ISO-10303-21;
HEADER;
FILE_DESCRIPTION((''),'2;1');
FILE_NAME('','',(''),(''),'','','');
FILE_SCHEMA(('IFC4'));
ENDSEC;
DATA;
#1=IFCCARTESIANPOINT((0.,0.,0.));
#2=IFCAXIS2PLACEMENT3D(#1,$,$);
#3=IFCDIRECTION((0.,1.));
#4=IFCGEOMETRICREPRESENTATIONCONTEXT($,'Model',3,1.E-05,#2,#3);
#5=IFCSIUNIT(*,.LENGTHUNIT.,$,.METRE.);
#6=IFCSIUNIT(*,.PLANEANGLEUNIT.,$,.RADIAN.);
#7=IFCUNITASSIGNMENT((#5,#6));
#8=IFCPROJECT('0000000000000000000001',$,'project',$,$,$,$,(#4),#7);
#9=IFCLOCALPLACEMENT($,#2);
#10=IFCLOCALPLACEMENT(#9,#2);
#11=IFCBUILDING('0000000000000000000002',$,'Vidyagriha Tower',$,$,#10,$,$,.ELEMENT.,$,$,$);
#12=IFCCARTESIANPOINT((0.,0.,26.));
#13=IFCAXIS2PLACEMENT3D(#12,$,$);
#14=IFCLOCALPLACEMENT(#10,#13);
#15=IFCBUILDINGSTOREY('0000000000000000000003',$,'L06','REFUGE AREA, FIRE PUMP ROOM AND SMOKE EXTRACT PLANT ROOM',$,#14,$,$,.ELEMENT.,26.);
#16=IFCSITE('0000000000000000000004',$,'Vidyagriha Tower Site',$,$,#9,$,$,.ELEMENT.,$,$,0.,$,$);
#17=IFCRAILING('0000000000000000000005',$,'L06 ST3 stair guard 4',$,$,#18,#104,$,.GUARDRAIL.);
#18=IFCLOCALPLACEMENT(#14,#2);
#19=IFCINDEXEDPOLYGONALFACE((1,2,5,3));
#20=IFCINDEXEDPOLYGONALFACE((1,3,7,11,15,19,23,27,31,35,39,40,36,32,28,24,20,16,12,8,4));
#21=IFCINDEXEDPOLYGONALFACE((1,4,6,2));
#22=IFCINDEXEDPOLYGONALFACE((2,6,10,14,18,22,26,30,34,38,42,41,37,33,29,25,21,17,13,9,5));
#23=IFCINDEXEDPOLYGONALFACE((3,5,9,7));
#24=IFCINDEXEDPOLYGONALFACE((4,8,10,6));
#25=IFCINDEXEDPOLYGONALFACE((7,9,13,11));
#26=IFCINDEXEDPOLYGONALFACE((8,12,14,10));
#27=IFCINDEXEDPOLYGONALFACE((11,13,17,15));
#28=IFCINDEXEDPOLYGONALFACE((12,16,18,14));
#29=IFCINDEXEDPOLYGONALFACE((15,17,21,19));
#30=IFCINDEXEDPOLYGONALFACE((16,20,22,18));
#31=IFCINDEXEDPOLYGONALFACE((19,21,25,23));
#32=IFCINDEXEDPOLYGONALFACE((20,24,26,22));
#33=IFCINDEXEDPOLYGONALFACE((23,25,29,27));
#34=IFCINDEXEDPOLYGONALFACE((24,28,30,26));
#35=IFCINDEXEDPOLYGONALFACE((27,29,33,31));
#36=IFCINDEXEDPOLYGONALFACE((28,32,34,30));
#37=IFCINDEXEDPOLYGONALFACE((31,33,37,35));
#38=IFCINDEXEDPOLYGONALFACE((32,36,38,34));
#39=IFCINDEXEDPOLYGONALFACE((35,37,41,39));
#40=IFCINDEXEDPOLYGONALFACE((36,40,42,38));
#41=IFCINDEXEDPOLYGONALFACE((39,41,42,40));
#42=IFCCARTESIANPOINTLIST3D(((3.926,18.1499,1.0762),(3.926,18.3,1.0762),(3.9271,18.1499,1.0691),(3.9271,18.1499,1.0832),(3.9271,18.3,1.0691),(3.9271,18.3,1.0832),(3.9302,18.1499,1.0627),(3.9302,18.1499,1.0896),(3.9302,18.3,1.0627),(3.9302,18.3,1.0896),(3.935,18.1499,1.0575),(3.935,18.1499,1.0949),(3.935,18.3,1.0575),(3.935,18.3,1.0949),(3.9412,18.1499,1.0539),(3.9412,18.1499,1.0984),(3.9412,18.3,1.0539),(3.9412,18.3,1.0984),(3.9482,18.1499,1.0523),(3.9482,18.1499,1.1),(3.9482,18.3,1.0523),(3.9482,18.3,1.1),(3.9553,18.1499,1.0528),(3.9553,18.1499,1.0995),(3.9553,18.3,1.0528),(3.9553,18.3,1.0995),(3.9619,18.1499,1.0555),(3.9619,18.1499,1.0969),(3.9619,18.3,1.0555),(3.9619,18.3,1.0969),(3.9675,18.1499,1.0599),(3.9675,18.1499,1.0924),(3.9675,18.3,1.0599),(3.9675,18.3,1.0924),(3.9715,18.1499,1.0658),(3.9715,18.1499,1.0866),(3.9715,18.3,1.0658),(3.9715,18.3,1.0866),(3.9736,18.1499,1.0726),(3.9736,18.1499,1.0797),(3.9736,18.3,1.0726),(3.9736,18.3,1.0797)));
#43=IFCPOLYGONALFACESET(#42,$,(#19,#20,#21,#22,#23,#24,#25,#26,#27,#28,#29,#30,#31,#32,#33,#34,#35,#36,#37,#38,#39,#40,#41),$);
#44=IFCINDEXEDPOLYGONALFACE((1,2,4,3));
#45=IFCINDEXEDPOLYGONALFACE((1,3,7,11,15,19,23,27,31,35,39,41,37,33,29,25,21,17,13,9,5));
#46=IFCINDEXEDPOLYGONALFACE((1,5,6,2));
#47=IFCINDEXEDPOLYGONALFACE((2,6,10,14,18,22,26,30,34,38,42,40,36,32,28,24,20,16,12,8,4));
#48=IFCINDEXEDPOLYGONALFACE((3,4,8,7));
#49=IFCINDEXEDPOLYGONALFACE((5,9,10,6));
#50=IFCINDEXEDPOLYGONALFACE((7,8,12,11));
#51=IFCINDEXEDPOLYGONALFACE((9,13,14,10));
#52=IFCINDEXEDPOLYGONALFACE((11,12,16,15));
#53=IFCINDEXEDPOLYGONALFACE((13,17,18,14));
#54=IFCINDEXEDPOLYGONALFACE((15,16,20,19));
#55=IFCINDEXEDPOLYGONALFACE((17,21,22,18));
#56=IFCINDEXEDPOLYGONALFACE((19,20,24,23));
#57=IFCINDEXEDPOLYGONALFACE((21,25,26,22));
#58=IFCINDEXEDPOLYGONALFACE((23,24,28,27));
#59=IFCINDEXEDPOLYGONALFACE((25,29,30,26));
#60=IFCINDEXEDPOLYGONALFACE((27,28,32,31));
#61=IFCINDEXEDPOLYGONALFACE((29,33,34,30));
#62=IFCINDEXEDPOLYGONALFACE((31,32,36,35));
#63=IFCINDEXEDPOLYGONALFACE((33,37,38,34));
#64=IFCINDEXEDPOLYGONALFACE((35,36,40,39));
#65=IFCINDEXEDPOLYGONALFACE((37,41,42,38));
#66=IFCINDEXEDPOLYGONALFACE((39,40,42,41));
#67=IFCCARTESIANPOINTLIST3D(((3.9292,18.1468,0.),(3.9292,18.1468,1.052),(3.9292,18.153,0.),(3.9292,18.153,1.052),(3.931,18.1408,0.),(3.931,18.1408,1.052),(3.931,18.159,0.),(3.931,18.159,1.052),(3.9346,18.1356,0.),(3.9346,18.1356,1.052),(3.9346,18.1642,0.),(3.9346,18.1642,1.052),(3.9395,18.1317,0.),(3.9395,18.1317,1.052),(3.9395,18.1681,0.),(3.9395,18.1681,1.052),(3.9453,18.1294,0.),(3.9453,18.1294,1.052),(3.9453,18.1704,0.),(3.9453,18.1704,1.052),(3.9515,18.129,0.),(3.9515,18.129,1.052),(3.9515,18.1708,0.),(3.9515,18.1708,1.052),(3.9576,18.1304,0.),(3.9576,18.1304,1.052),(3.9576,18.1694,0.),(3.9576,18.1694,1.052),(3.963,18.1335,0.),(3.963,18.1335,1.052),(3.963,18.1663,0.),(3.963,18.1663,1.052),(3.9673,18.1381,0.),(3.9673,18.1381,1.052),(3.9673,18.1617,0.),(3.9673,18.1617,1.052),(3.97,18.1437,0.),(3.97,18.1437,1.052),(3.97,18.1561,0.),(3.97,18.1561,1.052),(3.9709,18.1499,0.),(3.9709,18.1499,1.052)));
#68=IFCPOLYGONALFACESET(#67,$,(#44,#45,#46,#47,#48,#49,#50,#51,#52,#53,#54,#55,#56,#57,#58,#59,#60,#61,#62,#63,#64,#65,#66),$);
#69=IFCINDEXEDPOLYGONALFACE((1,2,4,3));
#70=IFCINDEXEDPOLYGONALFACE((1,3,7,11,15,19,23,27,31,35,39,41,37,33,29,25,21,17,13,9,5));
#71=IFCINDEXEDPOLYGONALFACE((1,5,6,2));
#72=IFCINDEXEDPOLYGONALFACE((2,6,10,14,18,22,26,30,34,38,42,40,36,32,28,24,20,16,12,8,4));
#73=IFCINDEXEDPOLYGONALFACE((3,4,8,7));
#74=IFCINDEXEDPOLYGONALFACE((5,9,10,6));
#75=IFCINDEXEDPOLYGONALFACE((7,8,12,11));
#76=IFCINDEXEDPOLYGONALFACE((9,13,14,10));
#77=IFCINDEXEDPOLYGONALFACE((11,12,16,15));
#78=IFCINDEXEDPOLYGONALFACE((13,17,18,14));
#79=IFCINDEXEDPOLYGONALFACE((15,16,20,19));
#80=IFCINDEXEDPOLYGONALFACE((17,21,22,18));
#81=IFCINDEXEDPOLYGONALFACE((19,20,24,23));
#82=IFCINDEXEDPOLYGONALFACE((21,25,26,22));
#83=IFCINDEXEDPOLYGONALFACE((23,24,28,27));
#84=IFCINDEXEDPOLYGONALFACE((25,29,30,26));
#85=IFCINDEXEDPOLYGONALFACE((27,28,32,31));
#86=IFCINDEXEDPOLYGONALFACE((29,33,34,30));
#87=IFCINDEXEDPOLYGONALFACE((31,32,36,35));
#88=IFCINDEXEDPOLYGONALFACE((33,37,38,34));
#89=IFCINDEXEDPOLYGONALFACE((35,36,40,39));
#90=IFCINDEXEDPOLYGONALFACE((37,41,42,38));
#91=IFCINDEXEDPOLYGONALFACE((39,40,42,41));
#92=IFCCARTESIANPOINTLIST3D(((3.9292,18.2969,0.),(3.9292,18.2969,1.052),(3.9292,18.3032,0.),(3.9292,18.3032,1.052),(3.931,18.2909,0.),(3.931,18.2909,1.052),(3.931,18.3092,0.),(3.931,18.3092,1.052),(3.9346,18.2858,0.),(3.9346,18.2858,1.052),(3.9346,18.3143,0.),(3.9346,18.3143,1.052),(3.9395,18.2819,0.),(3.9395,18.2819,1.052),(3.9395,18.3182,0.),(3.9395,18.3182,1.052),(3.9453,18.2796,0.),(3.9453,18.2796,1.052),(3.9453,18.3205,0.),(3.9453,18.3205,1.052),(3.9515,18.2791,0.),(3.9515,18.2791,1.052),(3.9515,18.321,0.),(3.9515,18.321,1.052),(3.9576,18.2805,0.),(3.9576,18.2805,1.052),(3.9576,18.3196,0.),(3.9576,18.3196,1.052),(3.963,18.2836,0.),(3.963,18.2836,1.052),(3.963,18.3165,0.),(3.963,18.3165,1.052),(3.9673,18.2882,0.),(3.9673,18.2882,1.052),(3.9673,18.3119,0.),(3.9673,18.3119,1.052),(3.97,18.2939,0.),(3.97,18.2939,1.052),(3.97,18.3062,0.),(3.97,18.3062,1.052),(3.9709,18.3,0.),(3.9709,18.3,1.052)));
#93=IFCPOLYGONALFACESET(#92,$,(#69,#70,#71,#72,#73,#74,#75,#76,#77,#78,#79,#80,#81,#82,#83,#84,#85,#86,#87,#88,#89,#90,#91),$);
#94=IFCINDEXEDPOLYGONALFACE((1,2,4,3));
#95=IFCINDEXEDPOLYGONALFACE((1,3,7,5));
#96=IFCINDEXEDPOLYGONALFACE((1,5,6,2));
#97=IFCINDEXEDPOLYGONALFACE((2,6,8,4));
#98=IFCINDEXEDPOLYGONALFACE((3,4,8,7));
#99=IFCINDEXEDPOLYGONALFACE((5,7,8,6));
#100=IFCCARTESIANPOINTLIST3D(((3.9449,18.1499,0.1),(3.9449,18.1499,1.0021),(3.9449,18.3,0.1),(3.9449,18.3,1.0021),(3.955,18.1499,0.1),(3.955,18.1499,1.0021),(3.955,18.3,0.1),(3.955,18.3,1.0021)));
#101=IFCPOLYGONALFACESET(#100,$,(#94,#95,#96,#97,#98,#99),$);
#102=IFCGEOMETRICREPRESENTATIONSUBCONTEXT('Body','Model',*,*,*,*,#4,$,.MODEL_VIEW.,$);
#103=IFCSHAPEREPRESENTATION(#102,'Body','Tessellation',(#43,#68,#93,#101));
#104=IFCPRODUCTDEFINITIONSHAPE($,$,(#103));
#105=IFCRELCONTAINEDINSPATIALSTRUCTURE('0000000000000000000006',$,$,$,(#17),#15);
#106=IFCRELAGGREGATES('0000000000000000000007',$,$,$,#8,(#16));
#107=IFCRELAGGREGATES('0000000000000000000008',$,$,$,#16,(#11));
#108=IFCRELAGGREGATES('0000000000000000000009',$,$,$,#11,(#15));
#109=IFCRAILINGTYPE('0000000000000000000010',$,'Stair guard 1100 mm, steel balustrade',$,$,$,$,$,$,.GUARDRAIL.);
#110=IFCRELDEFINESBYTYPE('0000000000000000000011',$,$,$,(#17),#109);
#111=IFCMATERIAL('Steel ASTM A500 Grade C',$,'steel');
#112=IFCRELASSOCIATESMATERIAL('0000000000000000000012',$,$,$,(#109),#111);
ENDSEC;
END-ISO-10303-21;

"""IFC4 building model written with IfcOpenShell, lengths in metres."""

from ifc_helpers import new_model, si_unit, direction, frame, origin, origin_2d, place, context, subcontext, project, spatial, rectangle, circle, extrude, material, type_object, element, save


model = new_model("IFC4")

# Units and contexts
model_context = context("Model", 3, precision=1e-05, world=origin(), true_north=direction((0.0, 1.0)))
body_context = subcontext(model_context, "Body", "Model", "MODEL_VIEW")
ifc_project = project(units=[si_unit("LENGTHUNIT", "METRE"), si_unit("PLANEANGLEUNIT", "RADIAN")], contexts=[model_context])

# Site, building, storey
site_placement = place(None, origin())
site = spatial("IfcSite", under=ifc_project, at=site_placement, Name="Vidyagriha Tower Site", CompositionType="ELEMENT", RefElevation=0.0)
building_placement = place(site_placement, origin())
building = spatial("IfcBuilding", under=site, at=building_placement, Name="Vidyagriha Tower", CompositionType="ELEMENT")
storey_placement = place(building_placement, frame((0.0, 0.0, 26.0)))
storey = spatial("IfcBuildingStorey", under=building, at=storey_placement, Name="L06", Description="REFUGE AREA, FIRE PUMP ROOM AND SMOKE EXTRACT PLANT ROOM", CompositionType="ELEMENT", Elevation=26.0)

# Railing
ifc_material_1 = material(Name="Steel ASTM A500 Grade C", Category="steel")
railing_type_1 = type_object("IfcRailingType", Name="Stair guard 1100 mm, steel balustrade", PredefinedType="GUARDRAIL", material=ifc_material_1)
railing_1_placement = place(storey_placement, frame((3.95, 18.1499, 0.0)))
element("IfcRailing", 1, at=railing_1_placement, inside=storey, type_object=railing_type_1, Name="L06 ST3 stair guard 4", PredefinedType="GUARDRAIL", context=body_context, shape_type="SweptSolid", body=[
    extrude(circle(Radius=0.0239, at=origin_2d()), frame((0.0, 0.0, 1.0762), z_axis=(0.0, 1.0, 0.0), x_axis=(-1.0, 0.0, 0.0)), (0.0, 0.0, 1.0), 0.1501),
    extrude(circle(Radius=0.021, at=origin_2d()), origin(), (0.0, 0.0, 1.0), 1.052),
    extrude(circle(Radius=0.021, at=origin_2d()), frame((0.0, 0.1501, 0.0)), (0.0, 0.0, 1.0), 1.052),
    extrude(rectangle(XDim=0.01, YDim=0.9021, at=origin_2d()), frame((0.0, 0.0, 0.551), z_axis=(0.0, 1.0, 0.0), x_axis=(-1.0, 0.0, 0.0)), (0.0, 0.0, 1.0), 0.1501),
])

save(model, "model.ifc")
